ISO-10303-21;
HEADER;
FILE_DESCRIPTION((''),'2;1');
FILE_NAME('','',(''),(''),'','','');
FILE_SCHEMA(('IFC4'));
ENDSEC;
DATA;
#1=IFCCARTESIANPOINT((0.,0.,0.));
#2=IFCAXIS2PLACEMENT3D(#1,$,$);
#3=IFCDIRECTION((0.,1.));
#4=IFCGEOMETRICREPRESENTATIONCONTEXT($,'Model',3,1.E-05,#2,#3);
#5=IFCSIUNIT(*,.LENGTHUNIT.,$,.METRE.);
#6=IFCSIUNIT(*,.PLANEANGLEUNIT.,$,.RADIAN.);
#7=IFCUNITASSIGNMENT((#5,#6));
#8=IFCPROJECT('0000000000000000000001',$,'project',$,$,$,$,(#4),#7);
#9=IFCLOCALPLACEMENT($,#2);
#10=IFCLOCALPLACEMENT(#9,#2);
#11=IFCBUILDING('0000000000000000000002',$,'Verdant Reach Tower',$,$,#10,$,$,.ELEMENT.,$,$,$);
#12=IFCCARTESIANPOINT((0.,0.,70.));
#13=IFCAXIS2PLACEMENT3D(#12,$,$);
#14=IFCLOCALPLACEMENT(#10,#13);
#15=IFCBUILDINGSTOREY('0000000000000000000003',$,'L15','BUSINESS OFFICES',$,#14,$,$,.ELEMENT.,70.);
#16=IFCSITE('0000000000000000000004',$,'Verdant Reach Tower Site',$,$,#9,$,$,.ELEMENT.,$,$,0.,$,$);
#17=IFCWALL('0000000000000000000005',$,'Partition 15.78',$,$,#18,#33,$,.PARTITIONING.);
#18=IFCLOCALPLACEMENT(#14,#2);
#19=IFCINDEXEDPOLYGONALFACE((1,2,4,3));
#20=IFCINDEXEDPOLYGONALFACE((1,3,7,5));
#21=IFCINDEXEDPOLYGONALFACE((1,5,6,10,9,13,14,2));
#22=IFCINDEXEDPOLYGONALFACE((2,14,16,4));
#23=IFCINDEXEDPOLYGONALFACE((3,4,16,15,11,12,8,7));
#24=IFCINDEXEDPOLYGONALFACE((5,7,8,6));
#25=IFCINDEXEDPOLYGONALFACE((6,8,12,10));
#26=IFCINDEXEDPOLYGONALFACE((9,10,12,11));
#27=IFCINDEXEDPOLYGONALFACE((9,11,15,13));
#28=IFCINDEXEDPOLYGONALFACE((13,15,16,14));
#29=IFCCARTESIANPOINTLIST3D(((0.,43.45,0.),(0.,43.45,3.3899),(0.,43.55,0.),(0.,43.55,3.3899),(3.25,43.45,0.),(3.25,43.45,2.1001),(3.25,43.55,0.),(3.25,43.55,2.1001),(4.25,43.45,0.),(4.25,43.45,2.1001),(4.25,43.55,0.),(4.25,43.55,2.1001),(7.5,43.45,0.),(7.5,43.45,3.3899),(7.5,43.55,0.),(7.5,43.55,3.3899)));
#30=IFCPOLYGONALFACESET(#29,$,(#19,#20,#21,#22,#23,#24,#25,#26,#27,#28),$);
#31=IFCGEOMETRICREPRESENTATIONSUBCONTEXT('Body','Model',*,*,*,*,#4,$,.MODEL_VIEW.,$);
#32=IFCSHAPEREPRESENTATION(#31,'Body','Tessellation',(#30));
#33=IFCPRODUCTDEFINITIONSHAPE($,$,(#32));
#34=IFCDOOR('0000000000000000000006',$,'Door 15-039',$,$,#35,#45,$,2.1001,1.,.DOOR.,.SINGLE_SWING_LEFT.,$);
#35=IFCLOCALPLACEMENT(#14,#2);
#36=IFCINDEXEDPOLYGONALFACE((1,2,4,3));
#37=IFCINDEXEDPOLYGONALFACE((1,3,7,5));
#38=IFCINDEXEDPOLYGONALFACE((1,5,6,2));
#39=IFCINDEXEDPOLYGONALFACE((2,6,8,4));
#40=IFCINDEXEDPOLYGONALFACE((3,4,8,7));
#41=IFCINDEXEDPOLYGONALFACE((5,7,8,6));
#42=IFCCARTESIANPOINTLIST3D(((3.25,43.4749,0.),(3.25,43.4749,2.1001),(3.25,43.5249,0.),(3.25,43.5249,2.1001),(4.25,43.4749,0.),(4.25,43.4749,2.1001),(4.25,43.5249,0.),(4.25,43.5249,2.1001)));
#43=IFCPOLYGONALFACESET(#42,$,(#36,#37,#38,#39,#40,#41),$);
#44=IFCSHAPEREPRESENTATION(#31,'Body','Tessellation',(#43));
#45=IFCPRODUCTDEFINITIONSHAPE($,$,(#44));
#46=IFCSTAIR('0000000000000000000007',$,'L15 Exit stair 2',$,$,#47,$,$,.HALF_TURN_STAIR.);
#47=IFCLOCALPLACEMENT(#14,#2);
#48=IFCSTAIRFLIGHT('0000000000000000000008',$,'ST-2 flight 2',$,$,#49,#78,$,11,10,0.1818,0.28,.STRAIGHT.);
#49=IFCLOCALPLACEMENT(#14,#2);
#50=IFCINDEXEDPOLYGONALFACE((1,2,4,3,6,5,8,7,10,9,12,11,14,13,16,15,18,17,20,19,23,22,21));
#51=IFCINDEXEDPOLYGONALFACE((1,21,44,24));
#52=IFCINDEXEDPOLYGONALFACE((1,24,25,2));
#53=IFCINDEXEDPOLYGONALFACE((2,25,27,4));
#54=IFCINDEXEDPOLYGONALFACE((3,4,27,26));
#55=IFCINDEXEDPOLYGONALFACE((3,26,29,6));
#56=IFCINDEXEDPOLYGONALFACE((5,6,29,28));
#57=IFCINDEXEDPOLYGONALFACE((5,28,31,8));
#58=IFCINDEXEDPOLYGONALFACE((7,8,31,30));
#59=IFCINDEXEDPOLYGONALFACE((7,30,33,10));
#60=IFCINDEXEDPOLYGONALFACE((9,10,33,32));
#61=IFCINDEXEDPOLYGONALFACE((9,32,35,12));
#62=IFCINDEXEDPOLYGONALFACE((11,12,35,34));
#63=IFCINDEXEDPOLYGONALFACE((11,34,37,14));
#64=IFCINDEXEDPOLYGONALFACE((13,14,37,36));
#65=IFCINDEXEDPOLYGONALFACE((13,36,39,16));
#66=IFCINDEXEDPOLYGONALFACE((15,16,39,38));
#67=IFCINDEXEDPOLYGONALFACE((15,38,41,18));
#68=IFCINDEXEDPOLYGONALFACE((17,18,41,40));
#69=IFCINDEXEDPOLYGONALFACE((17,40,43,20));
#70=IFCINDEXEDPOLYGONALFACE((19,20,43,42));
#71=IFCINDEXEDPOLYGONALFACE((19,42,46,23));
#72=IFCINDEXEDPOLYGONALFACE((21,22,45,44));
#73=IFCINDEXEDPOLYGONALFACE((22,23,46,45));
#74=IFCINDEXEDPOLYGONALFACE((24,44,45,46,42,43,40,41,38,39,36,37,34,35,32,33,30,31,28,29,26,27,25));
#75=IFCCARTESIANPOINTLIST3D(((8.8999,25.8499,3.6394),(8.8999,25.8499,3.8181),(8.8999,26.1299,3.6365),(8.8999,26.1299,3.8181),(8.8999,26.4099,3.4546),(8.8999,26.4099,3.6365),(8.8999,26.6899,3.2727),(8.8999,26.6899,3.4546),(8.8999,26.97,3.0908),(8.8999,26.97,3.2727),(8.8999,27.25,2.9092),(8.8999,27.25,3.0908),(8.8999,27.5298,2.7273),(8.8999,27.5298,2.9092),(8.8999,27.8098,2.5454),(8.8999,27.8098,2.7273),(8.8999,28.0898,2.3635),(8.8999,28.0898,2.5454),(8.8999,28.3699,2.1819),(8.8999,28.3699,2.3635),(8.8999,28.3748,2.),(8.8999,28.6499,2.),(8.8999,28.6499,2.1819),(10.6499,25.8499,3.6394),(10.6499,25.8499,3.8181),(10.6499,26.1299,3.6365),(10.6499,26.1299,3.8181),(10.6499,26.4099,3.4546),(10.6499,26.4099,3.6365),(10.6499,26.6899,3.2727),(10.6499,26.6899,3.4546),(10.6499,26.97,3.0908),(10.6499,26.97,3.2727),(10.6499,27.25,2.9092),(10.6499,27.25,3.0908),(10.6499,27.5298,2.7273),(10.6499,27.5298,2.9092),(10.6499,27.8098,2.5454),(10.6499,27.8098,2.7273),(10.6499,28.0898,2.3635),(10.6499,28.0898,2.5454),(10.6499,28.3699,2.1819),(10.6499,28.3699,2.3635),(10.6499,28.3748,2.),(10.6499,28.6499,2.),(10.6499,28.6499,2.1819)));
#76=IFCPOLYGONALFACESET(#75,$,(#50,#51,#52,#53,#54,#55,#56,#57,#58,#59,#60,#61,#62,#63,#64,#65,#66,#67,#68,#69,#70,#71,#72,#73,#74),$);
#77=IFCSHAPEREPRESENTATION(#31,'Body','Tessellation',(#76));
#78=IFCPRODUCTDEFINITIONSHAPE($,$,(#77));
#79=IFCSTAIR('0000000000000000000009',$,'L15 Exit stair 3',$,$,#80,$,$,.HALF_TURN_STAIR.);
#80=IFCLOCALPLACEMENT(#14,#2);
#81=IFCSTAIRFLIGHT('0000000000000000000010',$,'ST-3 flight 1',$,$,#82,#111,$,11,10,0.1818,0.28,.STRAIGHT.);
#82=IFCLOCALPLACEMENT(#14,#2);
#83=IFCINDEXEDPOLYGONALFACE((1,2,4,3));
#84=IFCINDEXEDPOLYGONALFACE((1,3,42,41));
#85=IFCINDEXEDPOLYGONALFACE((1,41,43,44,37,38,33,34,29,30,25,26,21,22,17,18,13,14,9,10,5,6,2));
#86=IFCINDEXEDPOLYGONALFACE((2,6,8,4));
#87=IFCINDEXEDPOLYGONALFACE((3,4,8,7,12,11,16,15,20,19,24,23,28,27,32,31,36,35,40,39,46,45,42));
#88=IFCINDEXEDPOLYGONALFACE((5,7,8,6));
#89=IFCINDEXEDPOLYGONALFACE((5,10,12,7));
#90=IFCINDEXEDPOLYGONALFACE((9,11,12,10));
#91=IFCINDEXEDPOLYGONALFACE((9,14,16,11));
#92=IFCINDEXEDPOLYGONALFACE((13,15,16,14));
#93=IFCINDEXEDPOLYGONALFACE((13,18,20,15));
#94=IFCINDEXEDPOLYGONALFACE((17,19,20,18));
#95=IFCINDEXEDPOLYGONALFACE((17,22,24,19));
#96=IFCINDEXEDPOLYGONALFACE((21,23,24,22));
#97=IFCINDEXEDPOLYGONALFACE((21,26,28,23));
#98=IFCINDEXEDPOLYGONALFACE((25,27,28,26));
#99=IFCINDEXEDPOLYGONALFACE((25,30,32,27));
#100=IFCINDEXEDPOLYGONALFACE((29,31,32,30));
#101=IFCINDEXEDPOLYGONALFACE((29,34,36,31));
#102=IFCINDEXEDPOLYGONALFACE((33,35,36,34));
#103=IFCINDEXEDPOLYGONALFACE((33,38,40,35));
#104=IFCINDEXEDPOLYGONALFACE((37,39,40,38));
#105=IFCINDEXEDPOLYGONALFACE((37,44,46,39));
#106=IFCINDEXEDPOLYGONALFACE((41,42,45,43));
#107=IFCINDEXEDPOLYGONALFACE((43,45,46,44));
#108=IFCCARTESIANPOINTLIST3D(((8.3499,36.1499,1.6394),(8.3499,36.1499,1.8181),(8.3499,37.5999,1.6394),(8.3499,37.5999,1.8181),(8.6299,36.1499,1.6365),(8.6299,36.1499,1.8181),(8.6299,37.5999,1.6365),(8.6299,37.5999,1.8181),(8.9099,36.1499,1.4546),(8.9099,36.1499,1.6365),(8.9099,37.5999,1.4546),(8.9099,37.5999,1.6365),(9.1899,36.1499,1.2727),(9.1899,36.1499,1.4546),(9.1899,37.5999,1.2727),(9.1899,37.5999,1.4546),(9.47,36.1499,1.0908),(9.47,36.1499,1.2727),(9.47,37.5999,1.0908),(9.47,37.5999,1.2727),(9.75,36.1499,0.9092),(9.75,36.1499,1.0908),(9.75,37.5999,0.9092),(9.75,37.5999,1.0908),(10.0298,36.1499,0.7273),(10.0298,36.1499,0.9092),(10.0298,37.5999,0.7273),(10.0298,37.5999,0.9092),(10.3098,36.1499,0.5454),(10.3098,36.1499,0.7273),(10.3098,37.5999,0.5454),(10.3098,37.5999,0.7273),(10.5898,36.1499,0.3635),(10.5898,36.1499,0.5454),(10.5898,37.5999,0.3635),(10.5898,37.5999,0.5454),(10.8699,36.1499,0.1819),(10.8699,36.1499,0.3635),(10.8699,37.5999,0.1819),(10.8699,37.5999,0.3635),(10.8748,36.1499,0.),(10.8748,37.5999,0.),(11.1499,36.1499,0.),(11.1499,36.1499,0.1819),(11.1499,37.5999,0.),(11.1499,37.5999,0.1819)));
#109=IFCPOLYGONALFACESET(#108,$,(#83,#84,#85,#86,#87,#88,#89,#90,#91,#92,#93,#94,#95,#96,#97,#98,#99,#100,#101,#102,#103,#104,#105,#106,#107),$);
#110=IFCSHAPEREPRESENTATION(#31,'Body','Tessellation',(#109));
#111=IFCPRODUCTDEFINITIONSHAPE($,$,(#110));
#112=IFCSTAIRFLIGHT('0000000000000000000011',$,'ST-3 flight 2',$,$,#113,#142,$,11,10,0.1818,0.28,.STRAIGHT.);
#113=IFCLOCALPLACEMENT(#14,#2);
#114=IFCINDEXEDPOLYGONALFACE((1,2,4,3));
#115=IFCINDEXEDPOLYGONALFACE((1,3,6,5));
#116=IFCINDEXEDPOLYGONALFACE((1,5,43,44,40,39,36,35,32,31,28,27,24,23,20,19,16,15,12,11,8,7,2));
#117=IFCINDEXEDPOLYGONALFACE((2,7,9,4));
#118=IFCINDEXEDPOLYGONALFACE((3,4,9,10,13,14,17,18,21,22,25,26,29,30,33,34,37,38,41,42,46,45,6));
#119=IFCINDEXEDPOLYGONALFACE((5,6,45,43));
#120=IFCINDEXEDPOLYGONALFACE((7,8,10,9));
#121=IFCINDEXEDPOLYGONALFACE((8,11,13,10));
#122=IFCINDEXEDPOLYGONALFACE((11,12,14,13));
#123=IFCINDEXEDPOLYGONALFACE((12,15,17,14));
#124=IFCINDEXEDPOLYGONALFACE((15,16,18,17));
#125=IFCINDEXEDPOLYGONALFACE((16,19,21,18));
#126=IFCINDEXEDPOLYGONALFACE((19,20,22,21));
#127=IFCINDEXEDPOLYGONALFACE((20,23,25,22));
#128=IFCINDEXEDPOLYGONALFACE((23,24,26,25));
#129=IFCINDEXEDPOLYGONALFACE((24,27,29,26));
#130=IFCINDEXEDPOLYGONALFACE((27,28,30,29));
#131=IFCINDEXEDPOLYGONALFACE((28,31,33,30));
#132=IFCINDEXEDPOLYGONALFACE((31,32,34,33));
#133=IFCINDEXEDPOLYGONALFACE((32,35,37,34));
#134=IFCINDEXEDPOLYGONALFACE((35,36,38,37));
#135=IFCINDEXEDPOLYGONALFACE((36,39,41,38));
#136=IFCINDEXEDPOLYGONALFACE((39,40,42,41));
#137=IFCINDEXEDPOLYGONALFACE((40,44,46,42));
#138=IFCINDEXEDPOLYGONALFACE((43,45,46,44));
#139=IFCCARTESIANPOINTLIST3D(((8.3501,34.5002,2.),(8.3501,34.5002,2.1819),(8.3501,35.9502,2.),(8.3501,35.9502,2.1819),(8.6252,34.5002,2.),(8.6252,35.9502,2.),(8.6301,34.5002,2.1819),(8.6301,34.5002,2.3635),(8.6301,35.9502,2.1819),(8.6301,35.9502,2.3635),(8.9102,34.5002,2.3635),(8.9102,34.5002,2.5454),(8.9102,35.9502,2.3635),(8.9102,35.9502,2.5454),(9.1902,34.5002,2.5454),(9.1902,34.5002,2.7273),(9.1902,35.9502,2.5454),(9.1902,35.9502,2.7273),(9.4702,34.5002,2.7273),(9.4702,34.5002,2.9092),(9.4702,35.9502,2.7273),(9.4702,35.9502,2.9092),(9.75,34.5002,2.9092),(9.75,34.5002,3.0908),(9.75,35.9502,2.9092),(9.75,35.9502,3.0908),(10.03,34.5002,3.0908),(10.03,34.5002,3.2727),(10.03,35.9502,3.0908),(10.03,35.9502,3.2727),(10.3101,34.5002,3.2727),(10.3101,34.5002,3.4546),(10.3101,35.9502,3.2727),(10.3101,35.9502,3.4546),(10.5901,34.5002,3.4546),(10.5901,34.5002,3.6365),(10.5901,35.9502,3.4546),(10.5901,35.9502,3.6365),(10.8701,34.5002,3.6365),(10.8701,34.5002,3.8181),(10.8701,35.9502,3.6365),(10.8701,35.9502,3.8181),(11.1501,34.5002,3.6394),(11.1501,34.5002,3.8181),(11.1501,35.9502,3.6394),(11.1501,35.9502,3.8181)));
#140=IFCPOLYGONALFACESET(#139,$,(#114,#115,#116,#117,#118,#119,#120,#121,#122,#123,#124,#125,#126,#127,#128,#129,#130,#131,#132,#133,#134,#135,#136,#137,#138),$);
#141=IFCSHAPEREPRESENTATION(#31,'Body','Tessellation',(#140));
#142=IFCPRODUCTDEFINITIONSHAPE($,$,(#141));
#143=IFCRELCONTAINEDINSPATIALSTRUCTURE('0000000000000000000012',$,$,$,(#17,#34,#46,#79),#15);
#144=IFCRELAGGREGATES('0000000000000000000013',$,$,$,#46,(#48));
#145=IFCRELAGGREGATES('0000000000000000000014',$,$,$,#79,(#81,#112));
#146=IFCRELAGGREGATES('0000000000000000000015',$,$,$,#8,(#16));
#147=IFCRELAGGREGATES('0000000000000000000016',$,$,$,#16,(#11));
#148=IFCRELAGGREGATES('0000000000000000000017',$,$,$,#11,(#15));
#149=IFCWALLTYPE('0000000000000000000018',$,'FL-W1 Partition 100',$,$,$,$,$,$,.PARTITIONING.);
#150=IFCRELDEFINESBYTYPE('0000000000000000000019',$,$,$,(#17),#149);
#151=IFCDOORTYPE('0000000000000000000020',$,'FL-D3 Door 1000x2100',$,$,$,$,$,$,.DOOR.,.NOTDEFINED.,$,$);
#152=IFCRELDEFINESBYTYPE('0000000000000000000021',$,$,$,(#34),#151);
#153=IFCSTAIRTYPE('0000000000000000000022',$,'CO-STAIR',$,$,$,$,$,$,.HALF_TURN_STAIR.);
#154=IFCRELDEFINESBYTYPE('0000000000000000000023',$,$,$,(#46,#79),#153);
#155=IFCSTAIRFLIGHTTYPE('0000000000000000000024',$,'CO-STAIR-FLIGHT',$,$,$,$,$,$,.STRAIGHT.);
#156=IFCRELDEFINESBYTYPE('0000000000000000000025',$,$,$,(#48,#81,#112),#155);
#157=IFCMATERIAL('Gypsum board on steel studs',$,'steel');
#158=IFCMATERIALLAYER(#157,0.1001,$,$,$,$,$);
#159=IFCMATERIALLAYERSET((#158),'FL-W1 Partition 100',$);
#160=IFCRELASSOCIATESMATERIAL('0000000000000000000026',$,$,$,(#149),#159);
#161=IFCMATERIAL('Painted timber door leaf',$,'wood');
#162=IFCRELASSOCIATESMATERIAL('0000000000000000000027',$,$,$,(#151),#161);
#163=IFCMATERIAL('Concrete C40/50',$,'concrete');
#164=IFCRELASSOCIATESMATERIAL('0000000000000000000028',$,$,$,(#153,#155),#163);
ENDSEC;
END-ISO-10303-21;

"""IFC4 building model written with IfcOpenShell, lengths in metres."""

from ifc_helpers import new_model, si_unit, direction, frame, frame_2d, origin, place, context, subcontext, project, spatial, polyline, rectangle, outline, extrude, material, layer, layer_set, type_object, element, fill, aggregate, save


model = new_model("IFC4")

# Units and contexts
model_context = context("Model", 3, precision=1e-05, world=origin(), true_north=direction((0.0, 1.0)))
body_context = subcontext(model_context, "Body", "Model", "MODEL_VIEW")
ifc_project = project(units=[si_unit("LENGTHUNIT", "METRE"), si_unit("PLANEANGLEUNIT", "RADIAN")], contexts=[model_context])

# Site, building, storey
site_placement = place(None, origin())
site = spatial("IfcSite", under=ifc_project, at=site_placement, Name="Verdant Reach Tower Site", CompositionType="ELEMENT", RefElevation=0.0)
building_placement = place(site_placement, origin())
building = spatial("IfcBuilding", under=site, at=building_placement, Name="Verdant Reach Tower", CompositionType="ELEMENT")
storey_placement = place(building_placement, frame((0.0, 0.0, 70.0)))
storey = spatial("IfcBuildingStorey", under=building, at=storey_placement, Name="L15", Description="BUSINESS OFFICES", CompositionType="ELEMENT", Elevation=70.0)

# Shared definitions
ifc_material_1 = material(Name="Concrete C40/50", Category="concrete")

# Shared definitions
ifc_material_2 = material(Name="Gypsum board on steel studs", Category="steel")
ifc_layer_1 = layer(ifc_material_2, 0.1001)
ifc_layer_set_1 = layer_set([ifc_layer_1], Name="FL-W1 Partition 100")
wall_type_1 = type_object("IfcWallType", Name="FL-W1 Partition 100", PredefinedType="PARTITIONING", material=ifc_layer_set_1)

# Shared definitions
ifc_material_3 = material(Name="Painted timber door leaf", Category="wood")
door_type_1 = type_object("IfcDoorType", Name="FL-D3 Door 1000x2100", OperationType="NOTDEFINED", PredefinedType="DOOR", material=ifc_material_3)

# Wall, opening, door
wall_1_placement = place(storey_placement, frame((0.0, 43.5, 0.0), z_axis=(0.0, 0.0, 1.0), x_axis=(1.0, 0.0, 0.0)))
wall_1 = element("IfcWall", 1, at=wall_1_placement, inside=storey, type_object=wall_type_1, Name="Partition 15.78", PredefinedType="PARTITIONING", context=body_context, shape_type="SweptSolid", body=[
    extrude(rectangle(XDim=7.5, YDim=0.1001, at=frame_2d((3.75, 0.0))), origin(), (0.0, 0.0, 1.0), 3.3899),
])
opening_1_placement = place(wall_1_placement, frame((3.25, 0.0, 0.0)))
opening_1 = element("IfcOpeningElement", 2, at=opening_1_placement, cuts=wall_1, PredefinedType="OPENING", context=body_context, shape_type="SweptSolid", body=[
    extrude(rectangle(XDim=1.0, YDim=2.1001, at=frame_2d((0.5, 1.05))), frame((0.0, 0.0601, 0.0), z_axis=(0.0, -1.0, 0.0), x_axis=(1.0, 0.0, 0.0)), (0.0, 0.0, 1.0), 0.1201),
])
door_1_placement = place(opening_1_placement, origin())
door_1 = element("IfcDoor", 3, at=door_1_placement, inside=storey, type_object=door_type_1, Name="Door 15-039", OperationType="SINGLE_SWING_LEFT", OverallHeight=2.1001, OverallWidth=1.0, PredefinedType="DOOR", context=body_context, shape_type="SweptSolid", body=[
    extrude(rectangle(XDim=1.0, YDim=2.1001, at=frame_2d((0.5, 1.05))), frame((0.0, 0.0249, 0.0), z_axis=(0.0, -1.0, 0.0), x_axis=(1.0, 0.0, 0.0)), (0.0, 0.0, 1.0), 0.05),
])
fill(opening_1, door_1)

# Stair, stair flight
stair_type = type_object("IfcStairType", Name="CO-STAIR", PredefinedType="HALF_TURN_STAIR", material=ifc_material_1)
stair_1_placement = place(storey_placement, origin())
stair_1 = element("IfcStair", 4, at=stair_1_placement, inside=storey, type_object=stair_type, Name="L15 Exit stair 2", PredefinedType="HALF_TURN_STAIR")
stair_flight_type = type_object("IfcStairFlightType", Name="CO-STAIR-FLIGHT", PredefinedType="STRAIGHT", material=ifc_material_1)
stair_flight_1_placement = place(storey_placement, frame((9.7749, 28.6499, 2.0), z_axis=(0.0, 0.0, 1.0), x_axis=(0.0, -1.0, 0.0)))
stair_flight_1 = element("IfcStairFlight", 5, at=stair_flight_1_placement, type_object=stair_flight_type, Name="ST-2 flight 2", NumberOfRisers=11, NumberOfTreads=10, PredefinedType="STRAIGHT", RiserHeight=0.1818, TreadLength=0.28, context=body_context, shape_type="SweptSolid", body=[
    extrude(outline(polyline([(0.0, 0.0), (0.0, 0.1819), (0.28, 0.1819), (0.28, 0.3635), (0.5601, 0.3635), (0.5601, 0.5454), (0.8401, 0.5454), (0.8401, 0.7273), (1.1201, 0.7273), (1.1201, 0.9092), (1.3999, 0.9092), (1.3999, 1.0908), (1.6799, 1.0908), (1.6799, 1.2727), (1.96, 1.2727), (1.96, 1.4546), (2.24, 1.4546), (2.24, 1.6365), (2.52, 1.6365), (2.52, 1.8181), (2.8, 1.8181), (2.8, 2.0), (2.8, 1.6394), (0.2751, 0.0), (0.0, 0.0)])), frame((0.0, 0.875, 0.0), z_axis=(0.0, -1.0, 0.0), x_axis=(1.0, 0.0, 0.0)), (0.0, 0.0, 1.0), 1.75),
])
aggregate(stair_1, [stair_flight_1])

# Stair, stair flights
stair_2_placement = place(storey_placement, origin())
stair_2 = element("IfcStair", 6, at=stair_2_placement, inside=storey, type_object=stair_type, Name="L15 Exit stair 3", PredefinedType="HALF_TURN_STAIR")
stair_flight_2_placement = place(storey_placement, frame((11.1499, 36.875, 0.0), z_axis=(0.0, 0.0, 1.0), x_axis=(-1.0, 0.0, 0.0)))
stair_flight_2 = element("IfcStairFlight", 7, at=stair_flight_2_placement, type_object=stair_flight_type, Name="ST-3 flight 1", NumberOfRisers=11, NumberOfTreads=10, PredefinedType="STRAIGHT", RiserHeight=0.1818, TreadLength=0.28, context=body_context, shape_type="SweptSolid", body=[
    extrude(outline(polyline([(0.0, 0.0), (0.0, 0.1819), (0.28, 0.1819), (0.28, 0.3635), (0.5601, 0.3635), (0.5601, 0.5454), (0.8401, 0.5454), (0.8401, 0.7273), (1.1201, 0.7273), (1.1201, 0.9092), (1.3999, 0.9092), (1.3999, 1.0908), (1.6799, 1.0908), (1.6799, 1.2727), (1.96, 1.2727), (1.96, 1.4546), (2.24, 1.4546), (2.24, 1.6365), (2.52, 1.6365), (2.52, 1.8181), (2.8, 1.8181), (2.8, 2.0), (2.8, 1.6394), (0.2751, 0.0), (0.0, 0.0)])), frame((0.0, 0.7251, 0.0), z_axis=(0.0, -1.0, 0.0), x_axis=(1.0, 0.0, 0.0)), (0.0, 0.0, 1.0), 1.45),
])
stair_flight_3_placement = place(storey_placement, frame((8.3501, 35.2251, 2.0), z_axis=(0.0, 0.0, 1.0), x_axis=(1.0, 0.0, 0.0)))
stair_flight_3 = element("IfcStairFlight", 8, at=stair_flight_3_placement, type_object=stair_flight_type, Name="ST-3 flight 2", NumberOfRisers=11, NumberOfTreads=10, PredefinedType="STRAIGHT", RiserHeight=0.1818, TreadLength=0.28, context=body_context, shape_type="SweptSolid", body=[
    extrude(outline(polyline([(0.0, 0.0), (0.0, 0.1819), (0.28, 0.1819), (0.28, 0.3635), (0.5601, 0.3635), (0.5601, 0.5454), (0.8401, 0.5454), (0.8401, 0.7273), (1.1201, 0.7273), (1.1201, 0.9092), (1.3999, 0.9092), (1.3999, 1.0908), (1.6799, 1.0908), (1.6799, 1.2727), (1.96, 1.2727), (1.96, 1.4546), (2.24, 1.4546), (2.24, 1.6365), (2.52, 1.6365), (2.52, 1.8181), (2.8, 1.8181), (2.8, 2.0), (2.8, 1.6394), (0.2751, 0.0), (0.0, 0.0)])), frame((0.0, 0.7251, 0.0), z_axis=(0.0, -1.0, 0.0), x_axis=(1.0, 0.0, 0.0)), (0.0, 0.0, 1.0), 1.45),
])
aggregate(stair_2, [stair_flight_2, stair_flight_3])

save(model, "model.ifc")
